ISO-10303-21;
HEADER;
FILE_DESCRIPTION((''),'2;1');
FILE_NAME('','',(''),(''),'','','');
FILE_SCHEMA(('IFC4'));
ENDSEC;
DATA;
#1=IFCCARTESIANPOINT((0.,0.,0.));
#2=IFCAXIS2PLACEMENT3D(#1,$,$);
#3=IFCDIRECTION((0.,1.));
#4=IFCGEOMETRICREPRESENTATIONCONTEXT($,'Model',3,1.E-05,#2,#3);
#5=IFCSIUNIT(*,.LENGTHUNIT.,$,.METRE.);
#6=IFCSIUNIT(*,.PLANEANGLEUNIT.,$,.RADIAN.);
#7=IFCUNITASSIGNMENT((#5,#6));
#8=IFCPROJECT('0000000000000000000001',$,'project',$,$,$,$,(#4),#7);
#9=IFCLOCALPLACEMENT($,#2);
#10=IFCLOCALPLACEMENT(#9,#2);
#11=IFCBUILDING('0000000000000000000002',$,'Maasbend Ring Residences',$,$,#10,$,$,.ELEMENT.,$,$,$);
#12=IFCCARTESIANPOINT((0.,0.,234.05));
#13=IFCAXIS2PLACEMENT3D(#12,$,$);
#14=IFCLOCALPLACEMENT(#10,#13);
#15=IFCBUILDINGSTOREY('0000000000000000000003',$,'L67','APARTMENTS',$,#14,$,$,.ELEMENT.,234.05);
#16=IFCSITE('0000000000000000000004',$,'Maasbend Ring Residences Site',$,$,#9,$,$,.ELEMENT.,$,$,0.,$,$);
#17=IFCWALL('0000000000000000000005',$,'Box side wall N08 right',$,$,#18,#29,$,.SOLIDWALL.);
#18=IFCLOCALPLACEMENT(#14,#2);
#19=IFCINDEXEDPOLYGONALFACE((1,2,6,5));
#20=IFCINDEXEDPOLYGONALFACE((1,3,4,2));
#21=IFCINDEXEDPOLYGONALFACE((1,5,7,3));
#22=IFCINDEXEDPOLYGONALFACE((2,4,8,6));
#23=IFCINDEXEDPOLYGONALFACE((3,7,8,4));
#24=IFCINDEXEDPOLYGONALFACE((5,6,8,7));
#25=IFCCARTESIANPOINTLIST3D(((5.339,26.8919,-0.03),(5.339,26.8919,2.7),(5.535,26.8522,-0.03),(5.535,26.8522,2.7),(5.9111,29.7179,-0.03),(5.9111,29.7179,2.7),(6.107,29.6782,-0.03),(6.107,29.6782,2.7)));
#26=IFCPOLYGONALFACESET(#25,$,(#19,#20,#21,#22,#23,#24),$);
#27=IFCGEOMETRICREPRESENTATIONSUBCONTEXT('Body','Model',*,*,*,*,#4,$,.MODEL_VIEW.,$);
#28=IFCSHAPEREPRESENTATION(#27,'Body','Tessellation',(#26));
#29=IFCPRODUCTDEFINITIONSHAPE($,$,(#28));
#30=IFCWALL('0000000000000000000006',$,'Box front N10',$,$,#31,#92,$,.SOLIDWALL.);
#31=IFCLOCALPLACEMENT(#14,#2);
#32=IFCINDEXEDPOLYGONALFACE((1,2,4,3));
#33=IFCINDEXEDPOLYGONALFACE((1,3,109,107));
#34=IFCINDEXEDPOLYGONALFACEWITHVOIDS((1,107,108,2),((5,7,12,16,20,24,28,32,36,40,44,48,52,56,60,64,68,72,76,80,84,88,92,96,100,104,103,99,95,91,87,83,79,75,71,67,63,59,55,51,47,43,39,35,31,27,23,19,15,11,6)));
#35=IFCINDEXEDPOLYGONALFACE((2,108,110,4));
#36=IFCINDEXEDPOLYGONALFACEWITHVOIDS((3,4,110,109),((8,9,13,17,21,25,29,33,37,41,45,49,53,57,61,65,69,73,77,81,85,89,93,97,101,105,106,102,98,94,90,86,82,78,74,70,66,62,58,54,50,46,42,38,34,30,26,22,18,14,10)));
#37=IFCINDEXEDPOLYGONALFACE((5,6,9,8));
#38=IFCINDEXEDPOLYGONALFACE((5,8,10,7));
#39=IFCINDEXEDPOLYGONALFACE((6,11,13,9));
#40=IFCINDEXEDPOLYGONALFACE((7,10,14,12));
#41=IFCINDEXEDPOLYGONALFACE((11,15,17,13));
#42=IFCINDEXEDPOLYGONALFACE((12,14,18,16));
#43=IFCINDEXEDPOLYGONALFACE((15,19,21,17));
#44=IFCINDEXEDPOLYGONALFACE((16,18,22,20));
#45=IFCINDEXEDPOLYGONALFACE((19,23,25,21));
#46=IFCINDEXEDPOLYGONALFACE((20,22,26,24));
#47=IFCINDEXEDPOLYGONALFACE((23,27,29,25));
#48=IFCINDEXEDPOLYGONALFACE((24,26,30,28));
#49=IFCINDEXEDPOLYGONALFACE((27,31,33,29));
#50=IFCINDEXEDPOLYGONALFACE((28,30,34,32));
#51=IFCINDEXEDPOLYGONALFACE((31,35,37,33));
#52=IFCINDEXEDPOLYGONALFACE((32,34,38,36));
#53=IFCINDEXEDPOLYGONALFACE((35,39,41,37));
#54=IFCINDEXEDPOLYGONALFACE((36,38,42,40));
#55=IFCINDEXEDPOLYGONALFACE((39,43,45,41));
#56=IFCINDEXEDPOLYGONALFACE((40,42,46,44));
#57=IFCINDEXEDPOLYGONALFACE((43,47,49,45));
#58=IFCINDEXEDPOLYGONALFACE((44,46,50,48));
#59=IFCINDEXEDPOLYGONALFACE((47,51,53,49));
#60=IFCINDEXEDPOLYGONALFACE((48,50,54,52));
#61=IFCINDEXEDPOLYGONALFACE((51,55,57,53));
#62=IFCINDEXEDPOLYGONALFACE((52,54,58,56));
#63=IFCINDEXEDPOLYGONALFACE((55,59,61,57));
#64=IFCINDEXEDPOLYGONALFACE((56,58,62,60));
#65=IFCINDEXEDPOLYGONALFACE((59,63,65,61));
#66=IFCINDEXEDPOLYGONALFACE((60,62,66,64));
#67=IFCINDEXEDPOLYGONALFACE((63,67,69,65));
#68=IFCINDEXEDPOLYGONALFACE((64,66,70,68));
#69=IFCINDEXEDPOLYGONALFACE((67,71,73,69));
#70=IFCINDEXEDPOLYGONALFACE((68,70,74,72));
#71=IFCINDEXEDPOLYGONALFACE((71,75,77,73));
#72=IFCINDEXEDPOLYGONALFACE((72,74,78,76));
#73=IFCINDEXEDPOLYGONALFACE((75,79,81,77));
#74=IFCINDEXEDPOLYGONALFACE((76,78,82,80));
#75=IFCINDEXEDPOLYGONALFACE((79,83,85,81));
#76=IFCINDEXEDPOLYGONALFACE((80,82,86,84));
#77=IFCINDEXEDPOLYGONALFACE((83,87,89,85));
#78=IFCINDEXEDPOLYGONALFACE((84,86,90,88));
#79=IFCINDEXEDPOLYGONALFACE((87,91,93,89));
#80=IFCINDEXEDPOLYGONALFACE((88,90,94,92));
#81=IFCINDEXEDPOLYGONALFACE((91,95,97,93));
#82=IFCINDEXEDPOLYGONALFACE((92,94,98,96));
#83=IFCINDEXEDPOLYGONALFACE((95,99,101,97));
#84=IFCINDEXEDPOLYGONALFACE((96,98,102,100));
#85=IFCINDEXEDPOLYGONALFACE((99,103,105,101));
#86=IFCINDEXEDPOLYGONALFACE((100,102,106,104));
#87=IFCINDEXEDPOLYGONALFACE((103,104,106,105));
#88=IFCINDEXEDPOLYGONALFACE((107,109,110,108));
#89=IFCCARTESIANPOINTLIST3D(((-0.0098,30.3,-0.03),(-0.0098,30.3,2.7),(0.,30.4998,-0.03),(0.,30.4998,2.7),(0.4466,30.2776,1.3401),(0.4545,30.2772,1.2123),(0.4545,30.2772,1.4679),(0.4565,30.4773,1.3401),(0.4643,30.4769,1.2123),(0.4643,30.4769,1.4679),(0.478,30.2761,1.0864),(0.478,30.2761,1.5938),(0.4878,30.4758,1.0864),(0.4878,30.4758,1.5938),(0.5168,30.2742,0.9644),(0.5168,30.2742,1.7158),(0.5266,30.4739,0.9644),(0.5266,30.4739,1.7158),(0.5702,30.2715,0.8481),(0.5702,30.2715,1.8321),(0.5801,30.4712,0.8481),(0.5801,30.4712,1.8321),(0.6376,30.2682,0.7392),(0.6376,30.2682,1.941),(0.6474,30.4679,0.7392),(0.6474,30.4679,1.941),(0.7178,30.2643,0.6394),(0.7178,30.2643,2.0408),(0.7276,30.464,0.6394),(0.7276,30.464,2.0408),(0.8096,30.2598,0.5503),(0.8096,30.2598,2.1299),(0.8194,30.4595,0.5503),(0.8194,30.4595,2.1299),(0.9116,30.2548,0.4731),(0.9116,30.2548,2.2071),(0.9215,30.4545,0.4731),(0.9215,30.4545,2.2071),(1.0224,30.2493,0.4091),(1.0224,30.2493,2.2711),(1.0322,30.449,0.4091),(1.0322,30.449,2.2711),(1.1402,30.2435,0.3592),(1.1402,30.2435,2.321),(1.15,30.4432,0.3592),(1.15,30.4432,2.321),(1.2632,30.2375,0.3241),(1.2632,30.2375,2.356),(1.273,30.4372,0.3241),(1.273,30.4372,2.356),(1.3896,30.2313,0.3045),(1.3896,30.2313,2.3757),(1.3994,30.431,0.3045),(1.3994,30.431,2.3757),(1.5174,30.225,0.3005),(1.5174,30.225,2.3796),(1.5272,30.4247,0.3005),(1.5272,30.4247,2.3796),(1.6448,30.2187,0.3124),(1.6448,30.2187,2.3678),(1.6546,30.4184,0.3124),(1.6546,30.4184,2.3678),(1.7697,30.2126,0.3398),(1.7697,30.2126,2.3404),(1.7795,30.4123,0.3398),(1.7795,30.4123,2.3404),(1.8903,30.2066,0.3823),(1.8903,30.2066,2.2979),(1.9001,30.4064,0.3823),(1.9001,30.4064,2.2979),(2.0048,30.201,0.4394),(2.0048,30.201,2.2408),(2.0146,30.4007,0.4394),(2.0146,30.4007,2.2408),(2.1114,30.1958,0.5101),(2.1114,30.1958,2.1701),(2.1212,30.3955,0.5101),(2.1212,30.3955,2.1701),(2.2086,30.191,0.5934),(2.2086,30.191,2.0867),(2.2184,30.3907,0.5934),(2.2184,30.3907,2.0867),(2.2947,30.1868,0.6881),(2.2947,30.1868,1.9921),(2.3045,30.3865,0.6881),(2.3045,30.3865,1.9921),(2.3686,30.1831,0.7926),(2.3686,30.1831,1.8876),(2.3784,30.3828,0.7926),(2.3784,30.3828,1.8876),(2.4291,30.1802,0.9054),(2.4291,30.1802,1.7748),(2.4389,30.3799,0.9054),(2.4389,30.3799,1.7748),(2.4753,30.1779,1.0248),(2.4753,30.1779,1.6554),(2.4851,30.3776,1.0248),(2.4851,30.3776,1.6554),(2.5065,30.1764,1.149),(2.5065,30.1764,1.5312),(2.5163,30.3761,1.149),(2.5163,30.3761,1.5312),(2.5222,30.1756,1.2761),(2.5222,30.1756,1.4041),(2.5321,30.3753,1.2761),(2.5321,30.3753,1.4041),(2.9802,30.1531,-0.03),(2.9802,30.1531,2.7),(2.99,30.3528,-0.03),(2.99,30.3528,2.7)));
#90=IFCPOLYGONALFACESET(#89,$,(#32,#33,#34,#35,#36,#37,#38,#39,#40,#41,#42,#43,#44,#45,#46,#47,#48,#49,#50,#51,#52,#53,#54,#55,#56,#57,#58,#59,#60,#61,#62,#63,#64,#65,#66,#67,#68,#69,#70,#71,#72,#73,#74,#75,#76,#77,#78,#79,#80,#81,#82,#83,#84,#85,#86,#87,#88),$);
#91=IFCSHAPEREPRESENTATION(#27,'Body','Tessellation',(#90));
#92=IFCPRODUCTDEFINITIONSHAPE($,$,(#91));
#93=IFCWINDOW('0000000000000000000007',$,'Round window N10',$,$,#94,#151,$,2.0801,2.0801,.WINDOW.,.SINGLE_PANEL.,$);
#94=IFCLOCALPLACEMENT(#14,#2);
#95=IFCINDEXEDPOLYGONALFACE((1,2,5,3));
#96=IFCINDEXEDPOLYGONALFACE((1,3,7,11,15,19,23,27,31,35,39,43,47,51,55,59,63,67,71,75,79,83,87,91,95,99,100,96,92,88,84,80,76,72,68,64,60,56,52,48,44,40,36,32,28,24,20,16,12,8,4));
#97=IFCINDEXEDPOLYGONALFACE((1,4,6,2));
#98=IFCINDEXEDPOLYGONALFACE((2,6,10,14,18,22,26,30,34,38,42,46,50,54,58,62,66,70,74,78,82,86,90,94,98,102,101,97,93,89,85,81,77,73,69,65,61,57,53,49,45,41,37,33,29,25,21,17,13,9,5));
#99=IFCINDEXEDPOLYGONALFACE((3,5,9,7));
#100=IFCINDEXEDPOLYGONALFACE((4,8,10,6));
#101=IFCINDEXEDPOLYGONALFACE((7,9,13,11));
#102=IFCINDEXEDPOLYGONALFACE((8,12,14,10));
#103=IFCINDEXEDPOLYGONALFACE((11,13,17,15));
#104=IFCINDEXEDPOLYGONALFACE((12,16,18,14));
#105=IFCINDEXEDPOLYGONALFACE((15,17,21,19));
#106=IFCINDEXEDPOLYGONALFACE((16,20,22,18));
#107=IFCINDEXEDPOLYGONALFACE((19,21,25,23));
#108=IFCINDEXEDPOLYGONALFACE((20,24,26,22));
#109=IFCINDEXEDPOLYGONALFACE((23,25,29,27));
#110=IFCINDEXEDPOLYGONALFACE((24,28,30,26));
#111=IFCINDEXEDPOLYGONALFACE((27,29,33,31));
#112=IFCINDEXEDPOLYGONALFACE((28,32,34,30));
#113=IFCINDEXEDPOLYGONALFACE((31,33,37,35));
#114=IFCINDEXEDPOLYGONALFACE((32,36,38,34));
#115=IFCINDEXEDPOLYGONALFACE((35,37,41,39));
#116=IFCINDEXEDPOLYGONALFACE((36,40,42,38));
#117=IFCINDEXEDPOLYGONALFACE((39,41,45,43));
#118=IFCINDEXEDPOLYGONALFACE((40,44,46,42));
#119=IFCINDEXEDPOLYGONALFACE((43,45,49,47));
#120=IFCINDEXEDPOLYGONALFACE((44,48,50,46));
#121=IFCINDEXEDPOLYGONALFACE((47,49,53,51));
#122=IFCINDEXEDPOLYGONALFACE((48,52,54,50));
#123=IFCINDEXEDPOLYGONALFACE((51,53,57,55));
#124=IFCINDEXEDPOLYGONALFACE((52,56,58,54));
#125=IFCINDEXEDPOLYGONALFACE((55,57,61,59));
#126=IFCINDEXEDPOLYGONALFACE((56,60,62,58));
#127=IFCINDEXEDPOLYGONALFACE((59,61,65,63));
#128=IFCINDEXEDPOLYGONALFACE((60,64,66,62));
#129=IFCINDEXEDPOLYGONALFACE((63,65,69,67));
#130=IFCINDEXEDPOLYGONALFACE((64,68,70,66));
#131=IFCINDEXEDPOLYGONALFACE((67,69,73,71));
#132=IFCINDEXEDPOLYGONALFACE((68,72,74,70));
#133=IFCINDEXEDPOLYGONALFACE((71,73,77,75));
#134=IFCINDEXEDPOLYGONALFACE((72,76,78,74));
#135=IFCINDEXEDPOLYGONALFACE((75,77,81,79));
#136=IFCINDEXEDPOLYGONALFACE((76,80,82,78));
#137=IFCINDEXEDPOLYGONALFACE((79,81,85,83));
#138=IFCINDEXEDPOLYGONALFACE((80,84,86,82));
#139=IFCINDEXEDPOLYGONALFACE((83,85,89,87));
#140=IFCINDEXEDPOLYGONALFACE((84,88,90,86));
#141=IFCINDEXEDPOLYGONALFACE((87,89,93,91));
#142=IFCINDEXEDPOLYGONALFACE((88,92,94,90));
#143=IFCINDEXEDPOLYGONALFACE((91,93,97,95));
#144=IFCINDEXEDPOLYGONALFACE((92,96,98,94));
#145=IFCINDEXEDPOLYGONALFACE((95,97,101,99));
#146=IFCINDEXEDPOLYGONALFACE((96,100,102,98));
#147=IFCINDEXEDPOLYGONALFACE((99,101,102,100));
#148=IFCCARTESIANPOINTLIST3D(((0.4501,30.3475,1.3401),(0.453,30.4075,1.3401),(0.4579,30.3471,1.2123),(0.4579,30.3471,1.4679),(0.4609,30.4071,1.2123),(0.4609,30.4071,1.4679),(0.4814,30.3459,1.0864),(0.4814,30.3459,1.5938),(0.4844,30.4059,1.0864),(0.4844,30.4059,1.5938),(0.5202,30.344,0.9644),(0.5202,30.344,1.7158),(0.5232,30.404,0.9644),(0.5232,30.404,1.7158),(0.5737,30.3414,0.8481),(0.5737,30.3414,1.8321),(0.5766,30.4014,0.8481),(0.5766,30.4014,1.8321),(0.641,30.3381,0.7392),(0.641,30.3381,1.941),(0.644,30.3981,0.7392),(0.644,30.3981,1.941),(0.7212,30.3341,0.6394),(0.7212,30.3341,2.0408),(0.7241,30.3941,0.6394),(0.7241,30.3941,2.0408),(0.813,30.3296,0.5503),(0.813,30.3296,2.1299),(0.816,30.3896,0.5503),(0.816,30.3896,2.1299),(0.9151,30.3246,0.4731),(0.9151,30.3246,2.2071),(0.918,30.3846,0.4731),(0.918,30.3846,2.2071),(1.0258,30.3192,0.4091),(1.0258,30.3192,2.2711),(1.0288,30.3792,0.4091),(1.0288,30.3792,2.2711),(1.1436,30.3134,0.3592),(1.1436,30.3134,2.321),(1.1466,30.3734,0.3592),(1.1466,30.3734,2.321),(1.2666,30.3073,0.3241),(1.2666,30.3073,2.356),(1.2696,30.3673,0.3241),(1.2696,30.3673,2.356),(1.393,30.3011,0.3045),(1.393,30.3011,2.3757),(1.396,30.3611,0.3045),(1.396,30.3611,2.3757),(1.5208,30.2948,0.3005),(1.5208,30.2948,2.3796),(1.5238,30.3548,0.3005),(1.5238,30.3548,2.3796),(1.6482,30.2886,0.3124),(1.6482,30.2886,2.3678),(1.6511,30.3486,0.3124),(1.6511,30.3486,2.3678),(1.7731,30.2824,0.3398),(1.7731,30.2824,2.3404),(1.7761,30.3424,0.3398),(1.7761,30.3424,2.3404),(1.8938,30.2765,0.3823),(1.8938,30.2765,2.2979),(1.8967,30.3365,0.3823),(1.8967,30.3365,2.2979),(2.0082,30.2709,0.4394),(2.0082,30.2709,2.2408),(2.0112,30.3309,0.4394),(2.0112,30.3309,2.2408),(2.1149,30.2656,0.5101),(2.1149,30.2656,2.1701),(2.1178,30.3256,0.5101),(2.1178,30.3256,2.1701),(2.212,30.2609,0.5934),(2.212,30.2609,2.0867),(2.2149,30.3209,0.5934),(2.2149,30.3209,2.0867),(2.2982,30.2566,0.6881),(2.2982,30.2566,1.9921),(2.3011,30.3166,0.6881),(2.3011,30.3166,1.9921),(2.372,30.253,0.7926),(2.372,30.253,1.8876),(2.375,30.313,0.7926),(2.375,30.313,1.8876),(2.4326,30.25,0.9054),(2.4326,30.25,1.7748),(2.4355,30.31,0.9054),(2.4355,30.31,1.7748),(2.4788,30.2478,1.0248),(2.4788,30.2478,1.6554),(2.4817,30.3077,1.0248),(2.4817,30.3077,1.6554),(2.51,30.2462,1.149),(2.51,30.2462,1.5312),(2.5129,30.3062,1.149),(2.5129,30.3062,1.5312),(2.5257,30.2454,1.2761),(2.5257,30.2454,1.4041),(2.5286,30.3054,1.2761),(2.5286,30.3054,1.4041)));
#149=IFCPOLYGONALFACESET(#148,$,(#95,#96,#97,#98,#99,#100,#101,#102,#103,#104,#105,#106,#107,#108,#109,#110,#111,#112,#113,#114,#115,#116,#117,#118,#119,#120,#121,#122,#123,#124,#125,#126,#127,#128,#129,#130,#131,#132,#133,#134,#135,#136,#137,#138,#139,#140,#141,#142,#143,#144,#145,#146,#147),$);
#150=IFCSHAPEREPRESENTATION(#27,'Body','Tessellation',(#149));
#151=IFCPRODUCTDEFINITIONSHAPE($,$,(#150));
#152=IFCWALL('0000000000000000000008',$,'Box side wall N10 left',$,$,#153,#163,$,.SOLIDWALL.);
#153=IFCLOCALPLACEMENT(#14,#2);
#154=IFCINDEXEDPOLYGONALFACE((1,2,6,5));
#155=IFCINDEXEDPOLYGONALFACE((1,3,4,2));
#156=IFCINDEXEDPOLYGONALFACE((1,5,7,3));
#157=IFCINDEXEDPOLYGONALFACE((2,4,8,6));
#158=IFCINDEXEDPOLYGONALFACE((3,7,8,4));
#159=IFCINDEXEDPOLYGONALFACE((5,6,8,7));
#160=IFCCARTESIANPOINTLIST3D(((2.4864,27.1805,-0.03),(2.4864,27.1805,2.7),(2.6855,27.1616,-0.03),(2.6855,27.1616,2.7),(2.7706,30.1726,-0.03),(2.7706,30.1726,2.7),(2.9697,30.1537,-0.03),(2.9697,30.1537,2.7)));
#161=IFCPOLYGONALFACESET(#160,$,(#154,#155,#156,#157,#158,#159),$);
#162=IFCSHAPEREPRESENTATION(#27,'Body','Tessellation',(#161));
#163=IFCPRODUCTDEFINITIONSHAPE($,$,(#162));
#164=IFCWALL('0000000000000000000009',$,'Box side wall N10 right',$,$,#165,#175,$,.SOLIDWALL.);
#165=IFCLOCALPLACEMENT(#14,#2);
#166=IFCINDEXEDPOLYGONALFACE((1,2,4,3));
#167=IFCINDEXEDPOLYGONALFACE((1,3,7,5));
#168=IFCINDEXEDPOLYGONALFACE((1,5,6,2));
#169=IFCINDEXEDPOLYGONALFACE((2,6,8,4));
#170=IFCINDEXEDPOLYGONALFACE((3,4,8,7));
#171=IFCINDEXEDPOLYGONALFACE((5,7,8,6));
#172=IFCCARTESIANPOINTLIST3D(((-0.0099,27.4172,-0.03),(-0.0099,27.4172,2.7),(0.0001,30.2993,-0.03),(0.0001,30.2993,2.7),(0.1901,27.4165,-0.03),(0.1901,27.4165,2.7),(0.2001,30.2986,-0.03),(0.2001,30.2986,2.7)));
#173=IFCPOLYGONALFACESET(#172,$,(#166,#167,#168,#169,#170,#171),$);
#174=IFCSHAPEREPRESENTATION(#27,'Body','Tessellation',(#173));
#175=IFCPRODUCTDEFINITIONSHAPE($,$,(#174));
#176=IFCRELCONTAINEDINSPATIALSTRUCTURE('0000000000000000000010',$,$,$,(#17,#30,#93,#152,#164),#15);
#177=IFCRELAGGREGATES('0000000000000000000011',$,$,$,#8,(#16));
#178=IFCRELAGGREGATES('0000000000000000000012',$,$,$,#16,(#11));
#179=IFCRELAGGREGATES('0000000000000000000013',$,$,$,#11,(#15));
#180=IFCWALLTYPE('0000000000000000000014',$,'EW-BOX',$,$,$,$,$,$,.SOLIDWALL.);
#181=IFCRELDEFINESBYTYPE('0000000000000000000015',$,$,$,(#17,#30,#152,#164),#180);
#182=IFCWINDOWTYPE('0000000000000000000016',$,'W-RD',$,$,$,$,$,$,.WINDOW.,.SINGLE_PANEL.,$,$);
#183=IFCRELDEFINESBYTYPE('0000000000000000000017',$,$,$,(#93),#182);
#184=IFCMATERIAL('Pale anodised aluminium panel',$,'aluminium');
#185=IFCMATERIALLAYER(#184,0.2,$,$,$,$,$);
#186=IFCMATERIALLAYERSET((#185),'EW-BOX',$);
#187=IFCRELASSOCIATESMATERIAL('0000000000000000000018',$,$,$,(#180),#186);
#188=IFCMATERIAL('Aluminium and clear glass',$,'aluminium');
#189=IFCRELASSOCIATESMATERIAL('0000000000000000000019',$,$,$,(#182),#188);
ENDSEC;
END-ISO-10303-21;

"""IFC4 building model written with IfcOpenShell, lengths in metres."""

from ifc_helpers import new_model, si_unit, direction, frame, frame_2d, origin, place, context, subcontext, project, spatial, rectangle, circle, extrude, material, layer, layer_set, type_object, element, fill, save


model = new_model("IFC4")

# Units and contexts
model_context = context("Model", 3, precision=1e-05, world=origin(), true_north=direction((0.0, 1.0)))
body_context = subcontext(model_context, "Body", "Model", "MODEL_VIEW")
ifc_project = project(units=[si_unit("LENGTHUNIT", "METRE"), si_unit("PLANEANGLEUNIT", "RADIAN")], contexts=[model_context])

# Site, building, storey
site_placement = place(None, origin())
site = spatial("IfcSite", under=ifc_project, at=site_placement, Name="Maasbend Ring Residences Site", CompositionType="ELEMENT", RefElevation=0.0)
building_placement = place(site_placement, origin())
building = spatial("IfcBuilding", under=site, at=building_placement, Name="Maasbend Ring Residences", CompositionType="ELEMENT")
storey_placement = place(building_placement, frame((0.0, 0.0, 234.05)))
storey = spatial("IfcBuildingStorey", under=building, at=storey_placement, Name="L67", Description="APARTMENTS", CompositionType="ELEMENT", Elevation=234.05)

# Shared definitions
ifc_material_1 = material(Name="Pale anodised aluminium panel", Category="aluminium")
ifc_layer_1 = layer(ifc_material_1, 0.2)
ifc_layer_set_1 = layer_set([ifc_layer_1], Name="EW-BOX")
wall_type_1 = type_object("IfcWallType", Name="EW-BOX", PredefinedType="SOLIDWALL", material=ifc_layer_set_1)
ifc_material_2 = material(Name="Aluminium and clear glass", Category="aluminium")
window_type_1 = type_object("IfcWindowType", Name="W-RD", PartitioningType="SINGLE_PANEL", PredefinedType="WINDOW", material=ifc_material_2)

# Wall
wall_1_placement = place(storey_placement, frame((5.437, 26.8721, -0.03), z_axis=(0.0, 0.0, 1.0), x_axis=(0.198395, 0.980122, 0.0)))
element("IfcWall", 1, at=wall_1_placement, inside=storey, type_object=wall_type_1, Name="Box side wall N08 right", PredefinedType="SOLIDWALL", context=body_context, shape_type="SweptSolid", body=[
    extrude(rectangle(XDim=2.8833, YDim=0.2, at=frame_2d((1.4417, 0.0))), origin(), (0.0, 0.0, 1.0), 2.73),
])

# Wall, opening, window
wall_2_placement = place(storey_placement, frame((2.9851, 30.2529, -0.03), z_axis=(0.0, 0.0, 1.0), x_axis=(-0.998794, 0.049096, 0.0)))
wall_2 = element("IfcWall", 2, at=wall_2_placement, inside=storey, type_object=wall_type_1, Name="Box front N10", PredefinedType="SOLIDWALL", context=body_context, shape_type="SweptSolid", body=[
    extrude(rectangle(XDim=2.9937, YDim=0.2, at=frame_2d((1.4968, 0.0))), origin(), (0.0, 0.0, 1.0), 2.73),
])
opening_1_placement = place(wall_2_placement, frame((0.4565, 0.0, 0.3301)))
opening_1 = element("IfcOpeningElement", 3, at=opening_1_placement, cuts=wall_2, PredefinedType="OPENING", context=body_context, shape_type="SweptSolid", body=[
    extrude(circle(Radius=1.04, at=frame_2d((1.04, 1.04))), frame((0.0, 0.1099, 0.0), z_axis=(0.0, -1.0, 0.0), x_axis=(1.0, 0.0, 0.0)), (0.0, 0.0, 1.0), 0.22),
])
window_1_placement = place(opening_1_placement, origin())
window_1 = element("IfcWindow", 4, at=window_1_placement, inside=storey, type_object=window_type_1, Name="Round window N10", OverallHeight=2.0801, OverallWidth=2.0801, PartitioningType="SINGLE_PANEL", PredefinedType="WINDOW", context=body_context, shape_type="SweptSolid", body=[
    extrude(circle(Radius=1.04, at=frame_2d((1.04, 1.04))), frame((0.0, 0.03, 0.0), z_axis=(0.0, -1.0, 0.0), x_axis=(1.0, 0.0, 0.0)), (0.0, 0.0, 1.0), 0.0601),
])
fill(opening_1, window_1)

# Walls
wall_3_placement = place(storey_placement, frame((2.5859, 27.1709, -0.03), z_axis=(0.0, 0.0, 1.0), x_axis=(0.094548, 0.99552, 0.0)))
element("IfcWall", 5, at=wall_3_placement, inside=storey, type_object=wall_type_1, Name="Box side wall N10 left", PredefinedType="SOLIDWALL", context=body_context, shape_type="SweptSolid", body=[
    extrude(rectangle(XDim=3.0056, YDim=0.2, at=frame_2d((1.5029, 0.0))), origin(), (0.0, 0.0, 1.0), 2.73),
])
wall_4_placement = place(storey_placement, frame((0.0901, 27.417, -0.03), z_axis=(0.0, 0.0, 1.0), x_axis=(0.003473, 0.999994, 0.0)))
element("IfcWall", 6, at=wall_4_placement, inside=storey, type_object=wall_type_1, Name="Box side wall N10 right", PredefinedType="SOLIDWALL", context=body_context, shape_type="SweptSolid", body=[
    extrude(rectangle(XDim=2.8821, YDim=0.2, at=frame_2d((1.4409, 0.0))), origin(), (0.0, 0.0, 1.0), 2.73),
])

save(model, "model.ifc")
